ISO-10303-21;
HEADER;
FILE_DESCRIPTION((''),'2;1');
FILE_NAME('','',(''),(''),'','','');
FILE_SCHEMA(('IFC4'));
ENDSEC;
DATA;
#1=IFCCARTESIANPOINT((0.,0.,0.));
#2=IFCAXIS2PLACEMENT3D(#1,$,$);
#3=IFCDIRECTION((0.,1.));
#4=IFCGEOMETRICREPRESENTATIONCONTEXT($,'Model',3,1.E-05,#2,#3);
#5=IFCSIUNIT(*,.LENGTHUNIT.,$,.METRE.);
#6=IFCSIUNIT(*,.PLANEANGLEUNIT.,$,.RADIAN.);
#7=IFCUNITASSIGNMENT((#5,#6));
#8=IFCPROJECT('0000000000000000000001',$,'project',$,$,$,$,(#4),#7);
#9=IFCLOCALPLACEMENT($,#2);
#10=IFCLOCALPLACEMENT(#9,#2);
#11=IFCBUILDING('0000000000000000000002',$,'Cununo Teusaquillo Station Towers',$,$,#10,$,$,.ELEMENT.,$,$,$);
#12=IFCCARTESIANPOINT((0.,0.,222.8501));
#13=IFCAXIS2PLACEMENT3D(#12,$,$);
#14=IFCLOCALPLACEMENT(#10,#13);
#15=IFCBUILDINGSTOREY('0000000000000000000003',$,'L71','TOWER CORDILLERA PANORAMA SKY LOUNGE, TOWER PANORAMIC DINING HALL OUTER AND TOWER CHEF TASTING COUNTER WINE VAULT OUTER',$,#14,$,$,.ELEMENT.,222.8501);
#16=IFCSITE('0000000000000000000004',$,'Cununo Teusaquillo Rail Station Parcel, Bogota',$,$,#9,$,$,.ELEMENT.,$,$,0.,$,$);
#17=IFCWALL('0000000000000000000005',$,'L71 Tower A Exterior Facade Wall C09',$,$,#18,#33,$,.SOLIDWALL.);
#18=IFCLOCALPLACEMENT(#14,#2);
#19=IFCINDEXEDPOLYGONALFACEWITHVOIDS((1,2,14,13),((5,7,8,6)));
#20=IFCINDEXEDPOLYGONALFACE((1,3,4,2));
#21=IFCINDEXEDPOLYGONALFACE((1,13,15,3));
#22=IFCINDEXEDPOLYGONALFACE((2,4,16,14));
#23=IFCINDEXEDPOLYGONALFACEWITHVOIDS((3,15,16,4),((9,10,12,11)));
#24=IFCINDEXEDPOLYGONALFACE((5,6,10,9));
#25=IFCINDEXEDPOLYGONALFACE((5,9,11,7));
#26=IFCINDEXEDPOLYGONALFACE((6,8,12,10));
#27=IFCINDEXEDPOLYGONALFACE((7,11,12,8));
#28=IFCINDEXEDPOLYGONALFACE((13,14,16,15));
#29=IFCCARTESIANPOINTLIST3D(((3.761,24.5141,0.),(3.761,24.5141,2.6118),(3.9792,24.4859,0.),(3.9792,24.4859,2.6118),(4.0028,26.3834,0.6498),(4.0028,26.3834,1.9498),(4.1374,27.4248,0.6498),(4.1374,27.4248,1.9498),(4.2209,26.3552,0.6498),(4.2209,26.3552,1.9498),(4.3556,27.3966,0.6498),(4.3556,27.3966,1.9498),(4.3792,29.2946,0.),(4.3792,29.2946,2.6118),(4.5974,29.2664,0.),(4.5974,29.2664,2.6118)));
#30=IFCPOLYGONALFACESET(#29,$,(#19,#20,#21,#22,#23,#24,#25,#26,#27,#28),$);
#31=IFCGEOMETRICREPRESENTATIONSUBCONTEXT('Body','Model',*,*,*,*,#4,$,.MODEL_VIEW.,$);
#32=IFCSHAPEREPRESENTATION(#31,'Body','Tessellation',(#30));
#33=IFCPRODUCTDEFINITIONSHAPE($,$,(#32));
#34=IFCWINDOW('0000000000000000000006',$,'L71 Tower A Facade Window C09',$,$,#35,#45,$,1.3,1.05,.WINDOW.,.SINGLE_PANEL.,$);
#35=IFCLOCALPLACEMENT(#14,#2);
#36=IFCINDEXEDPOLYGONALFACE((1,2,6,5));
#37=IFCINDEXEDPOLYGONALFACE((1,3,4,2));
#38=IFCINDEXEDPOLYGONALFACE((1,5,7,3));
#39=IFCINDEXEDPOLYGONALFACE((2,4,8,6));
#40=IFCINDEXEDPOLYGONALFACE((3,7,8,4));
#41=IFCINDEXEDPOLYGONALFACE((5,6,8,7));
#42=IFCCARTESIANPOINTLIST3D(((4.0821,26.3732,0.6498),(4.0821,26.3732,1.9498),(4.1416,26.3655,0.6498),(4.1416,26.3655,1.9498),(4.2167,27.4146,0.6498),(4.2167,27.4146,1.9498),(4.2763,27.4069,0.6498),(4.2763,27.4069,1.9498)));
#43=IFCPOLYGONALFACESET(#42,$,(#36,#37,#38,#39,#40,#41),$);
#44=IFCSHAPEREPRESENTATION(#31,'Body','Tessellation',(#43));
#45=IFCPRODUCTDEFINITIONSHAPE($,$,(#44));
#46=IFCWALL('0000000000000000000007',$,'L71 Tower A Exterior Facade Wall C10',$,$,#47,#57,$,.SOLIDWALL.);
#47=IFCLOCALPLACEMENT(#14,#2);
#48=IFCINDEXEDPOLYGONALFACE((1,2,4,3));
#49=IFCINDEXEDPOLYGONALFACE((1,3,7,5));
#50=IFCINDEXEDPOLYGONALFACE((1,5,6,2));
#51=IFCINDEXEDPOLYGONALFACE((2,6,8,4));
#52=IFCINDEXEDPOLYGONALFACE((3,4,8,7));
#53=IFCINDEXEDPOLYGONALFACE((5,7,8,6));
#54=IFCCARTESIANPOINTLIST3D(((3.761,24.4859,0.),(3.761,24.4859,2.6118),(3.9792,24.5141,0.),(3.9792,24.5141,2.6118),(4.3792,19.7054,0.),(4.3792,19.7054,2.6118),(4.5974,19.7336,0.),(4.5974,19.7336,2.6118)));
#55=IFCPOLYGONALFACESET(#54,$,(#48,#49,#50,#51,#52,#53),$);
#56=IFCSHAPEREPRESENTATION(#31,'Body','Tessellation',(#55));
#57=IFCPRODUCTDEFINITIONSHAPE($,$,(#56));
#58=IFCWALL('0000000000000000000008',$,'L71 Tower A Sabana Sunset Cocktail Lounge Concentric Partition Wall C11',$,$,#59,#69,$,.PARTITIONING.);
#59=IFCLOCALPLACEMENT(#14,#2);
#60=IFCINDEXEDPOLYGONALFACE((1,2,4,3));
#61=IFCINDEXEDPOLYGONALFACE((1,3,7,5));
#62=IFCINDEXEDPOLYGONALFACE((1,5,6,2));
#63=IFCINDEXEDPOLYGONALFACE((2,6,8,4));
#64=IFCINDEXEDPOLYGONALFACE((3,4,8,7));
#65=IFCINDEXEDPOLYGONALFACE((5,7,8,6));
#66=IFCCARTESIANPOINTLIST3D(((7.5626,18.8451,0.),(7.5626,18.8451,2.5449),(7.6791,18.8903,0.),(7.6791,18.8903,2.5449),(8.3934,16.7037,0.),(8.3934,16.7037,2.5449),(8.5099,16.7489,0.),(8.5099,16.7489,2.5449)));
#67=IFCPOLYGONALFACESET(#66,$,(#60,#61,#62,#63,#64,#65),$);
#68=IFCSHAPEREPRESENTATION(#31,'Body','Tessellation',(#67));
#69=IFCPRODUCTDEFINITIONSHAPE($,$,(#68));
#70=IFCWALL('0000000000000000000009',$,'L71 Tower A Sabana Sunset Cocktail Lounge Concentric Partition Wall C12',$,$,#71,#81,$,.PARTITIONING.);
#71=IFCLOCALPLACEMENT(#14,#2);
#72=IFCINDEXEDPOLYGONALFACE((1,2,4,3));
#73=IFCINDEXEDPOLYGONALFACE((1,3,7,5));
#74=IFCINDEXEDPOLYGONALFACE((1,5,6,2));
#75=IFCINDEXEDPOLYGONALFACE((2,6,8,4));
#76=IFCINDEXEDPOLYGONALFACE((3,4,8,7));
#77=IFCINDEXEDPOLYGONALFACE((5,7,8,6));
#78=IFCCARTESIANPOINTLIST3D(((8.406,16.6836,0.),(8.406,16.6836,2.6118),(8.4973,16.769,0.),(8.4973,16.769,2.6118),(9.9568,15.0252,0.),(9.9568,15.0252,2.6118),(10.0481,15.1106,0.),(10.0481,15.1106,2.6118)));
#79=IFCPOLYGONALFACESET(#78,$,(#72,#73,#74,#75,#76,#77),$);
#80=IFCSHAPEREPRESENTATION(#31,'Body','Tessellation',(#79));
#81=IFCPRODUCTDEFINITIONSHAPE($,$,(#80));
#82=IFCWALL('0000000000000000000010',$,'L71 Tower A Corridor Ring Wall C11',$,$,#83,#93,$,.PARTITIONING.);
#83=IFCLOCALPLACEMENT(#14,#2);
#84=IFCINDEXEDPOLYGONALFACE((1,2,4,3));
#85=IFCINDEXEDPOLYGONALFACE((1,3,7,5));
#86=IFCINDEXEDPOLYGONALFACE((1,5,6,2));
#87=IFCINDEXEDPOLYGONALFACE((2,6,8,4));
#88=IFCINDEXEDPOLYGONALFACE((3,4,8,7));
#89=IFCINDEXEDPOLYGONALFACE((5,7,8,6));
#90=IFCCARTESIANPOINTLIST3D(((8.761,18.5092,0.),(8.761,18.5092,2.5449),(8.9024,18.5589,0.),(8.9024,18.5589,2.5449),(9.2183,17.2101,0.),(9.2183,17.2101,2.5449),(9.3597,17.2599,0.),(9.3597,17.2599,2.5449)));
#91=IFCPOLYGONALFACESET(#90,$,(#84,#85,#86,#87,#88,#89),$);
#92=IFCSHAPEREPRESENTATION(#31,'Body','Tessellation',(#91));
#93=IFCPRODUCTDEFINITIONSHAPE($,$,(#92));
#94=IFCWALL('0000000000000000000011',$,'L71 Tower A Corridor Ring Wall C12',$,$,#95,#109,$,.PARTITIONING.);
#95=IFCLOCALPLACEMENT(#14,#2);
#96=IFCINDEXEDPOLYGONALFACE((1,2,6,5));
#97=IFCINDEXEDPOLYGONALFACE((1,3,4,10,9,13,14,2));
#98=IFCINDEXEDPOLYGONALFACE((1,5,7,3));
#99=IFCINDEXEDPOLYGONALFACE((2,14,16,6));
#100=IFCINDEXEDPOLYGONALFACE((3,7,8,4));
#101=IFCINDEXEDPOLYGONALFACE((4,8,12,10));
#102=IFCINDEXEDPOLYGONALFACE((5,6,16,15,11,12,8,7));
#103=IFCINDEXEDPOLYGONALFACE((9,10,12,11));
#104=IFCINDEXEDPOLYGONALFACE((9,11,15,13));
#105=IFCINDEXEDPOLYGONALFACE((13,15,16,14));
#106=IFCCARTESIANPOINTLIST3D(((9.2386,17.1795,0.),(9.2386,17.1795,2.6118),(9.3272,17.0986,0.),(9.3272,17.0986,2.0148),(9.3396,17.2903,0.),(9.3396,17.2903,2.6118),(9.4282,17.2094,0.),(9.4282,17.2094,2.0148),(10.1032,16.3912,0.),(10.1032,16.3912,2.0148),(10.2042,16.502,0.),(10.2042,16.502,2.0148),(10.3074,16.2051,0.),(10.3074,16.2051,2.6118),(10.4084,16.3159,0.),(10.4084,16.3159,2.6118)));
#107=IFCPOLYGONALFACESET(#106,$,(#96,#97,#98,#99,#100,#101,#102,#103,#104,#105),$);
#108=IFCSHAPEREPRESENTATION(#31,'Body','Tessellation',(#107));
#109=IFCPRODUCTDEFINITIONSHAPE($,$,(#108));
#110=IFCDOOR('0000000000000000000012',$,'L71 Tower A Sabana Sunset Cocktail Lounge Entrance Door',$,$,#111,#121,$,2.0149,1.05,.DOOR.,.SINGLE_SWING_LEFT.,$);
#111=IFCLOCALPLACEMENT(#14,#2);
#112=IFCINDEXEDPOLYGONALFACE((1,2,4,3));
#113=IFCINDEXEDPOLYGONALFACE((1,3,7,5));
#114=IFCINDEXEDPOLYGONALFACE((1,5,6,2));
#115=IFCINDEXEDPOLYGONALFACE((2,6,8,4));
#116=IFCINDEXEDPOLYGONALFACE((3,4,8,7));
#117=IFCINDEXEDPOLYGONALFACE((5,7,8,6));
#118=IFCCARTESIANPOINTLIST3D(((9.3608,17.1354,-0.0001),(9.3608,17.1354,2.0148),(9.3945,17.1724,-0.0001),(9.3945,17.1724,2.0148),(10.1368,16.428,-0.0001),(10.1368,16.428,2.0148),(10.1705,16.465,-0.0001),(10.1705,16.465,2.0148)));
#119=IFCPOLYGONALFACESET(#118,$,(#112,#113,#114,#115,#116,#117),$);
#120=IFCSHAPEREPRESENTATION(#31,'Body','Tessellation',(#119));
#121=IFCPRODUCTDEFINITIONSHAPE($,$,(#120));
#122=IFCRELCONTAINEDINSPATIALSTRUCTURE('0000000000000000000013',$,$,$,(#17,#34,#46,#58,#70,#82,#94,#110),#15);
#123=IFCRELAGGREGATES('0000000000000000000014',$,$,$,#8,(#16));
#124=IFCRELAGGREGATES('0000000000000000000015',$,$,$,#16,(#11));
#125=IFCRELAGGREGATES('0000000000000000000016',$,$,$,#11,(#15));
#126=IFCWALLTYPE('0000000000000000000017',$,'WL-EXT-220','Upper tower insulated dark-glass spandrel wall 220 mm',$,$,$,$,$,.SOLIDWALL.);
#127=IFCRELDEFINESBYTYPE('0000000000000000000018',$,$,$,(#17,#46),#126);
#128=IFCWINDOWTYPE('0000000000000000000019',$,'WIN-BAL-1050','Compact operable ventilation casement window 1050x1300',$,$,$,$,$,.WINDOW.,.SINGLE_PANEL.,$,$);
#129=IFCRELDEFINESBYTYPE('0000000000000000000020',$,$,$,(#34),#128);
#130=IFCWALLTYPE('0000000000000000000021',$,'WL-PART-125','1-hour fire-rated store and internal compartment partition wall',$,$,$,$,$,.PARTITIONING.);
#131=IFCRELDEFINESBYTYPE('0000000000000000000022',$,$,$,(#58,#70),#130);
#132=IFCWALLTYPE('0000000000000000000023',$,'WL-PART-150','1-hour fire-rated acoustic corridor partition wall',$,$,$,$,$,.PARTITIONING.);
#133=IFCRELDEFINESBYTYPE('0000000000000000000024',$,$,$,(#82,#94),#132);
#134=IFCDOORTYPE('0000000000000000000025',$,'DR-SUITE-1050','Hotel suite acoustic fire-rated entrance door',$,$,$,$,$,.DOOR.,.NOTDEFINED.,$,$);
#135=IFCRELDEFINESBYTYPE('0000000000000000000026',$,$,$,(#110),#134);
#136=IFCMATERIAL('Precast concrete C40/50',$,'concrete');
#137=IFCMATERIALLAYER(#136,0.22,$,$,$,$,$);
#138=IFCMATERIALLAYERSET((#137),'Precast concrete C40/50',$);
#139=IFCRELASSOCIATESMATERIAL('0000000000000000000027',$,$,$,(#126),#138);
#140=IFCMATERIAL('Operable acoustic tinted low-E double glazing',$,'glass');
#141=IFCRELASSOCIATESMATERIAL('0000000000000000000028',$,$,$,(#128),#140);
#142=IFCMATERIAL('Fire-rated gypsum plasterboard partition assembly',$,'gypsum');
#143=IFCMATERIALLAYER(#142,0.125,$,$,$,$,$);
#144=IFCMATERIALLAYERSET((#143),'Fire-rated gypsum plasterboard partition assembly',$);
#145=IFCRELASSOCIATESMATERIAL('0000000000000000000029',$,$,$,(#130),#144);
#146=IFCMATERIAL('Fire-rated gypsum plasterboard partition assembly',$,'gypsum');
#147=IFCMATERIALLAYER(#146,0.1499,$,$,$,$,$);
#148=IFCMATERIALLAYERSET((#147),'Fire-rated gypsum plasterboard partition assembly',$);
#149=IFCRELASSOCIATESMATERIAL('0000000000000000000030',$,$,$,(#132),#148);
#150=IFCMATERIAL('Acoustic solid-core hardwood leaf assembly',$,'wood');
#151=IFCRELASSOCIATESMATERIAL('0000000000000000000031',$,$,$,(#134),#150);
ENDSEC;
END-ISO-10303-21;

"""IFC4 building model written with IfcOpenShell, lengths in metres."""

from ifc_helpers import new_model, si_unit, direction, frame, frame_2d, origin, place, context, subcontext, project, spatial, rectangle, extrude, source, transform, mapped, material, layer, layer_set, type_object, element, fill, save


model = new_model("IFC4")

# Units and contexts
model_context = context("Model", 3, precision=1e-05, world=origin(), true_north=direction((0.0, 1.0)))
body_context = subcontext(model_context, "Body", "Model", "MODEL_VIEW")
ifc_project = project(units=[si_unit("LENGTHUNIT", "METRE"), si_unit("PLANEANGLEUNIT", "RADIAN")], contexts=[model_context])

# Site, building, storey
site_placement = place(None, origin())
site = spatial("IfcSite", under=ifc_project, at=site_placement, Name="Cununo Teusaquillo Rail Station Parcel, Bogota", CompositionType="ELEMENT", RefElevation=0.0)
building_placement = place(site_placement, origin())
building = spatial("IfcBuilding", under=site, at=building_placement, Name="Cununo Teusaquillo Station Towers", CompositionType="ELEMENT")
storey_placement = place(building_placement, frame((0.0, 0.0, 222.8501)))
storey = spatial("IfcBuildingStorey", under=building, at=storey_placement, Name="L71", Description="TOWER CORDILLERA PANORAMA SKY LOUNGE, TOWER PANORAMIC DINING HALL OUTER AND TOWER CHEF TASTING COUNTER WINE VAULT OUTER", CompositionType="ELEMENT", Elevation=222.8501)

# Wall, opening, window
ifc_material_1 = material(Name="Precast concrete C40/50", Category="concrete")
ifc_layer_1 = layer(ifc_material_1, 0.22)
ifc_layer_set_1 = layer_set([ifc_layer_1], Name="Precast concrete C40/50")
wall_type_1 = type_object("IfcWallType", Name="WL-EXT-220", Description="Upper tower insulated dark-glass spandrel wall 220 mm", PredefinedType="SOLIDWALL", material=ifc_layer_set_1)
wall_1_placement = place(storey_placement, frame((3.8701, 24.5, 0.0), z_axis=(0.0, 0.0, 1.0), x_axis=(0.128241, 0.991743, 0.0)))
wall_1 = element("IfcWall", 1, at=wall_1_placement, inside=storey, type_object=wall_type_1, Name="L71 Tower A Exterior Facade Wall C09", PredefinedType="SOLIDWALL", context=body_context, shape_type="SweptSolid", body=[
    extrude(rectangle(XDim=4.8203, YDim=0.22, at=frame_2d((2.4102, 0.0))), origin(), (0.0, 0.0, 1.0), 2.6118),
])
shared_shape_1 = source(origin(), body_context, "Body", "SweptSolid", [
    extrude(rectangle(XDim=1.05, YDim=1.3, at=frame_2d((0.5249, 0.6499))), frame((0.0, 0.1199, 0.0), z_axis=(0.0, -1.0, 0.0), x_axis=(1.0, 0.0, 0.0)), (0.0, 0.0, 1.0), 0.24),
])
opening_1_placement = place(wall_1_placement, frame((1.885, 0.0, 0.6499)))
opening_1 = element("IfcOpeningElement", 2, at=opening_1_placement, cuts=wall_1, PredefinedType="OPENING", context=body_context, shape_type="MappedRepresentation", body=[
    mapped(shared_shape_1, transform((0.0, 0.0, 0.0), x_axis=(1.0, 0.0, 0.0), y_axis=(0.0, 1.0, 0.0), z_axis=(0.0, 0.0, 1.0), scale=1.0)),
])
ifc_material_2 = material(Name="Operable acoustic tinted low-E double glazing", Category="glass")
window_type = type_object("IfcWindowType", Name="WIN-BAL-1050", Description="Compact operable ventilation casement window 1050x1300", PartitioningType="SINGLE_PANEL", PredefinedType="WINDOW", material=ifc_material_2)
shared_shape_2 = source(origin(), body_context, "Body", "SweptSolid", [
    extrude(rectangle(XDim=1.05, YDim=1.3, at=frame_2d((0.5249, 0.6499))), frame((0.0, 0.03, 0.0), z_axis=(0.0, -1.0, 0.0), x_axis=(1.0, 0.0, 0.0)), (0.0, 0.0, 1.0), 0.0601),
])
window_placement = place(opening_1_placement, origin())
window = element("IfcWindow", 3, at=window_placement, inside=storey, type_object=window_type, Name="L71 Tower A Facade Window C09", OverallHeight=1.3, OverallWidth=1.05, PartitioningType="SINGLE_PANEL", PredefinedType="WINDOW", context=body_context, shape_type="MappedRepresentation", body=[
    mapped(shared_shape_2, transform((0.0, 0.0, 0.0), x_axis=(1.0, 0.0, 0.0), y_axis=(0.0, 1.0, 0.0), z_axis=(0.0, 0.0, 1.0), scale=1.0)),
])
fill(opening_1, window)

# Walls
wall_2_placement = place(storey_placement, frame((4.4883, 19.7195, 0.0), z_axis=(0.0, 0.0, 1.0), x_axis=(-0.128241, 0.991743, 0.0)))
element("IfcWall", 4, at=wall_2_placement, inside=storey, type_object=wall_type_1, Name="L71 Tower A Exterior Facade Wall C10", PredefinedType="SOLIDWALL", context=body_context, shape_type="SweptSolid", body=[
    extrude(rectangle(XDim=4.8203, YDim=0.22, at=frame_2d((2.4102, 0.0))), origin(), (0.0, 0.0, 1.0), 2.6118),
])
ifc_material_3 = material(Name="Fire-rated gypsum plasterboard partition assembly", Category="gypsum")
ifc_layer_2 = layer(ifc_material_3, 0.125)
ifc_layer_set_2 = layer_set([ifc_layer_2], Name="Fire-rated gypsum plasterboard partition assembly")
wall_type_2 = type_object("IfcWallType", Name="WL-PART-125", Description="1-hour fire-rated store and internal compartment partition wall", PredefinedType="PARTITIONING", material=ifc_layer_set_2)
wall_3_placement = place(storey_placement, frame((7.6208, 18.8677, 0.0), z_axis=(0.0, 0.0, 1.0), x_axis=(0.361713, -0.93229, 0.0)))
element("IfcWall", 5, at=wall_3_placement, inside=storey, type_object=wall_type_2, Name="L71 Tower A Sabana Sunset Cocktail Lounge Concentric Partition Wall C11", PredefinedType="PARTITIONING", context=body_context, shape_type="SweptSolid", body=[
    extrude(rectangle(XDim=2.2969, YDim=0.125, at=frame_2d((1.1484, 0.0))), origin(), (0.0, 0.0, 1.0), 2.5449),
])
wall_4_placement = place(storey_placement, frame((8.4517, 16.7263, 0.0), z_axis=(0.0, 0.0, 1.0), x_axis=(0.683, -0.730418, 0.0)))
element("IfcWall", 6, at=wall_4_placement, inside=storey, type_object=wall_type_2, Name="L71 Tower A Sabana Sunset Cocktail Lounge Concentric Partition Wall C12", PredefinedType="PARTITIONING", context=body_context, shape_type="SweptSolid", body=[
    extrude(rectangle(XDim=2.2705, YDim=0.125, at=frame_2d((1.1353, 0.0))), origin(), (0.0, 0.0, 1.0), 2.6118),
])
ifc_material_4 = material(Name="Fire-rated gypsum plasterboard partition assembly", Category="gypsum")
ifc_layer_3 = layer(ifc_material_4, 0.1499)
ifc_layer_set_3 = layer_set([ifc_layer_3], Name="Fire-rated gypsum plasterboard partition assembly")
wall_type_3 = type_object("IfcWallType", Name="WL-PART-150", Description="1-hour fire-rated acoustic corridor partition wall", PredefinedType="PARTITIONING", material=ifc_layer_set_3)
wall_5_placement = place(storey_placement, frame((8.8318, 18.5339, 0.0), z_axis=(0.0, 0.0, 1.0), x_axis=(0.332032, -0.943268, 0.0)))
element("IfcWall", 7, at=wall_5_placement, inside=storey, type_object=wall_type_3, Name="L71 Tower A Corridor Ring Wall C11", PredefinedType="PARTITIONING", context=body_context, shape_type="SweptSolid", body=[
    extrude(rectangle(XDim=1.3772, YDim=0.1499, at=frame_2d((0.6885, 0.0))), origin(), (0.0, 0.0, 1.0), 2.5449),
])

# Wall, opening, door
wall_6_placement = place(storey_placement, frame((9.2891, 17.2349, 0.0), z_axis=(0.0, 0.0, 1.0), x_axis=(0.739015, -0.673689, 0.0)))
wall_6 = element("IfcWall", 8, at=wall_6_placement, inside=storey, type_object=wall_type_3, Name="L71 Tower A Corridor Ring Wall C12", PredefinedType="PARTITIONING", context=body_context, shape_type="SweptSolid", body=[
    extrude(rectangle(XDim=1.4463, YDim=0.1499, at=frame_2d((0.7231, 0.0))), origin(), (0.0, 0.0, 1.0), 2.6118),
])
shared_shape_3 = source(origin(), body_context, "Body", "SweptSolid", [
    extrude(rectangle(XDim=1.05, YDim=2.0149, at=frame_2d((0.5249, 1.0073))), frame((0.0, 0.085, 0.0), z_axis=(0.0, -1.0, 0.0), x_axis=(1.0, 0.0, 0.0)), (0.0, 0.0, 1.0), 0.1699),
])
opening_2_placement = place(wall_6_placement, frame((0.1201, 0.0, 0.0)))
opening_2 = element("IfcOpeningElement", 9, at=opening_2_placement, cuts=wall_6, PredefinedType="OPENING", context=body_context, shape_type="MappedRepresentation", body=[
    mapped(shared_shape_3, transform((0.0, 0.0, 0.0), x_axis=(1.0, 0.0, 0.0), y_axis=(0.0, 1.0, 0.0), z_axis=(0.0, 0.0, 1.0), scale=1.0)),
])
ifc_material_5 = material(Name="Acoustic solid-core hardwood leaf assembly", Category="wood")
door_type_1 = type_object("IfcDoorType", Name="DR-SUITE-1050", Description="Hotel suite acoustic fire-rated entrance door", OperationType="NOTDEFINED", PredefinedType="DOOR", material=ifc_material_5)
shared_shape_4 = source(origin(), body_context, "Body", "SweptSolid", [
    extrude(rectangle(XDim=1.05, YDim=2.0149, at=frame_2d((0.5249, 1.0073))), frame((0.0, 0.0249, 0.0), z_axis=(0.0, -1.0, 0.0), x_axis=(1.0, 0.0, 0.0)), (0.0, 0.0, 1.0), 0.05),
])
door_1_placement = place(opening_2_placement, origin())
door_1 = element("IfcDoor", 10, at=door_1_placement, inside=storey, type_object=door_type_1, Name="L71 Tower A Sabana Sunset Cocktail Lounge Entrance Door", OperationType="SINGLE_SWING_LEFT", OverallHeight=2.0149, OverallWidth=1.05, PredefinedType="DOOR", context=body_context, shape_type="MappedRepresentation", body=[
    mapped(shared_shape_4, transform((0.0, 0.0, 0.0), x_axis=(1.0, 0.0, 0.0), y_axis=(0.0, 1.0, 0.0), z_axis=(0.0, 0.0, 1.0), scale=1.0)),
])
fill(opening_2, door_1)

save(model, "model.ifc")
